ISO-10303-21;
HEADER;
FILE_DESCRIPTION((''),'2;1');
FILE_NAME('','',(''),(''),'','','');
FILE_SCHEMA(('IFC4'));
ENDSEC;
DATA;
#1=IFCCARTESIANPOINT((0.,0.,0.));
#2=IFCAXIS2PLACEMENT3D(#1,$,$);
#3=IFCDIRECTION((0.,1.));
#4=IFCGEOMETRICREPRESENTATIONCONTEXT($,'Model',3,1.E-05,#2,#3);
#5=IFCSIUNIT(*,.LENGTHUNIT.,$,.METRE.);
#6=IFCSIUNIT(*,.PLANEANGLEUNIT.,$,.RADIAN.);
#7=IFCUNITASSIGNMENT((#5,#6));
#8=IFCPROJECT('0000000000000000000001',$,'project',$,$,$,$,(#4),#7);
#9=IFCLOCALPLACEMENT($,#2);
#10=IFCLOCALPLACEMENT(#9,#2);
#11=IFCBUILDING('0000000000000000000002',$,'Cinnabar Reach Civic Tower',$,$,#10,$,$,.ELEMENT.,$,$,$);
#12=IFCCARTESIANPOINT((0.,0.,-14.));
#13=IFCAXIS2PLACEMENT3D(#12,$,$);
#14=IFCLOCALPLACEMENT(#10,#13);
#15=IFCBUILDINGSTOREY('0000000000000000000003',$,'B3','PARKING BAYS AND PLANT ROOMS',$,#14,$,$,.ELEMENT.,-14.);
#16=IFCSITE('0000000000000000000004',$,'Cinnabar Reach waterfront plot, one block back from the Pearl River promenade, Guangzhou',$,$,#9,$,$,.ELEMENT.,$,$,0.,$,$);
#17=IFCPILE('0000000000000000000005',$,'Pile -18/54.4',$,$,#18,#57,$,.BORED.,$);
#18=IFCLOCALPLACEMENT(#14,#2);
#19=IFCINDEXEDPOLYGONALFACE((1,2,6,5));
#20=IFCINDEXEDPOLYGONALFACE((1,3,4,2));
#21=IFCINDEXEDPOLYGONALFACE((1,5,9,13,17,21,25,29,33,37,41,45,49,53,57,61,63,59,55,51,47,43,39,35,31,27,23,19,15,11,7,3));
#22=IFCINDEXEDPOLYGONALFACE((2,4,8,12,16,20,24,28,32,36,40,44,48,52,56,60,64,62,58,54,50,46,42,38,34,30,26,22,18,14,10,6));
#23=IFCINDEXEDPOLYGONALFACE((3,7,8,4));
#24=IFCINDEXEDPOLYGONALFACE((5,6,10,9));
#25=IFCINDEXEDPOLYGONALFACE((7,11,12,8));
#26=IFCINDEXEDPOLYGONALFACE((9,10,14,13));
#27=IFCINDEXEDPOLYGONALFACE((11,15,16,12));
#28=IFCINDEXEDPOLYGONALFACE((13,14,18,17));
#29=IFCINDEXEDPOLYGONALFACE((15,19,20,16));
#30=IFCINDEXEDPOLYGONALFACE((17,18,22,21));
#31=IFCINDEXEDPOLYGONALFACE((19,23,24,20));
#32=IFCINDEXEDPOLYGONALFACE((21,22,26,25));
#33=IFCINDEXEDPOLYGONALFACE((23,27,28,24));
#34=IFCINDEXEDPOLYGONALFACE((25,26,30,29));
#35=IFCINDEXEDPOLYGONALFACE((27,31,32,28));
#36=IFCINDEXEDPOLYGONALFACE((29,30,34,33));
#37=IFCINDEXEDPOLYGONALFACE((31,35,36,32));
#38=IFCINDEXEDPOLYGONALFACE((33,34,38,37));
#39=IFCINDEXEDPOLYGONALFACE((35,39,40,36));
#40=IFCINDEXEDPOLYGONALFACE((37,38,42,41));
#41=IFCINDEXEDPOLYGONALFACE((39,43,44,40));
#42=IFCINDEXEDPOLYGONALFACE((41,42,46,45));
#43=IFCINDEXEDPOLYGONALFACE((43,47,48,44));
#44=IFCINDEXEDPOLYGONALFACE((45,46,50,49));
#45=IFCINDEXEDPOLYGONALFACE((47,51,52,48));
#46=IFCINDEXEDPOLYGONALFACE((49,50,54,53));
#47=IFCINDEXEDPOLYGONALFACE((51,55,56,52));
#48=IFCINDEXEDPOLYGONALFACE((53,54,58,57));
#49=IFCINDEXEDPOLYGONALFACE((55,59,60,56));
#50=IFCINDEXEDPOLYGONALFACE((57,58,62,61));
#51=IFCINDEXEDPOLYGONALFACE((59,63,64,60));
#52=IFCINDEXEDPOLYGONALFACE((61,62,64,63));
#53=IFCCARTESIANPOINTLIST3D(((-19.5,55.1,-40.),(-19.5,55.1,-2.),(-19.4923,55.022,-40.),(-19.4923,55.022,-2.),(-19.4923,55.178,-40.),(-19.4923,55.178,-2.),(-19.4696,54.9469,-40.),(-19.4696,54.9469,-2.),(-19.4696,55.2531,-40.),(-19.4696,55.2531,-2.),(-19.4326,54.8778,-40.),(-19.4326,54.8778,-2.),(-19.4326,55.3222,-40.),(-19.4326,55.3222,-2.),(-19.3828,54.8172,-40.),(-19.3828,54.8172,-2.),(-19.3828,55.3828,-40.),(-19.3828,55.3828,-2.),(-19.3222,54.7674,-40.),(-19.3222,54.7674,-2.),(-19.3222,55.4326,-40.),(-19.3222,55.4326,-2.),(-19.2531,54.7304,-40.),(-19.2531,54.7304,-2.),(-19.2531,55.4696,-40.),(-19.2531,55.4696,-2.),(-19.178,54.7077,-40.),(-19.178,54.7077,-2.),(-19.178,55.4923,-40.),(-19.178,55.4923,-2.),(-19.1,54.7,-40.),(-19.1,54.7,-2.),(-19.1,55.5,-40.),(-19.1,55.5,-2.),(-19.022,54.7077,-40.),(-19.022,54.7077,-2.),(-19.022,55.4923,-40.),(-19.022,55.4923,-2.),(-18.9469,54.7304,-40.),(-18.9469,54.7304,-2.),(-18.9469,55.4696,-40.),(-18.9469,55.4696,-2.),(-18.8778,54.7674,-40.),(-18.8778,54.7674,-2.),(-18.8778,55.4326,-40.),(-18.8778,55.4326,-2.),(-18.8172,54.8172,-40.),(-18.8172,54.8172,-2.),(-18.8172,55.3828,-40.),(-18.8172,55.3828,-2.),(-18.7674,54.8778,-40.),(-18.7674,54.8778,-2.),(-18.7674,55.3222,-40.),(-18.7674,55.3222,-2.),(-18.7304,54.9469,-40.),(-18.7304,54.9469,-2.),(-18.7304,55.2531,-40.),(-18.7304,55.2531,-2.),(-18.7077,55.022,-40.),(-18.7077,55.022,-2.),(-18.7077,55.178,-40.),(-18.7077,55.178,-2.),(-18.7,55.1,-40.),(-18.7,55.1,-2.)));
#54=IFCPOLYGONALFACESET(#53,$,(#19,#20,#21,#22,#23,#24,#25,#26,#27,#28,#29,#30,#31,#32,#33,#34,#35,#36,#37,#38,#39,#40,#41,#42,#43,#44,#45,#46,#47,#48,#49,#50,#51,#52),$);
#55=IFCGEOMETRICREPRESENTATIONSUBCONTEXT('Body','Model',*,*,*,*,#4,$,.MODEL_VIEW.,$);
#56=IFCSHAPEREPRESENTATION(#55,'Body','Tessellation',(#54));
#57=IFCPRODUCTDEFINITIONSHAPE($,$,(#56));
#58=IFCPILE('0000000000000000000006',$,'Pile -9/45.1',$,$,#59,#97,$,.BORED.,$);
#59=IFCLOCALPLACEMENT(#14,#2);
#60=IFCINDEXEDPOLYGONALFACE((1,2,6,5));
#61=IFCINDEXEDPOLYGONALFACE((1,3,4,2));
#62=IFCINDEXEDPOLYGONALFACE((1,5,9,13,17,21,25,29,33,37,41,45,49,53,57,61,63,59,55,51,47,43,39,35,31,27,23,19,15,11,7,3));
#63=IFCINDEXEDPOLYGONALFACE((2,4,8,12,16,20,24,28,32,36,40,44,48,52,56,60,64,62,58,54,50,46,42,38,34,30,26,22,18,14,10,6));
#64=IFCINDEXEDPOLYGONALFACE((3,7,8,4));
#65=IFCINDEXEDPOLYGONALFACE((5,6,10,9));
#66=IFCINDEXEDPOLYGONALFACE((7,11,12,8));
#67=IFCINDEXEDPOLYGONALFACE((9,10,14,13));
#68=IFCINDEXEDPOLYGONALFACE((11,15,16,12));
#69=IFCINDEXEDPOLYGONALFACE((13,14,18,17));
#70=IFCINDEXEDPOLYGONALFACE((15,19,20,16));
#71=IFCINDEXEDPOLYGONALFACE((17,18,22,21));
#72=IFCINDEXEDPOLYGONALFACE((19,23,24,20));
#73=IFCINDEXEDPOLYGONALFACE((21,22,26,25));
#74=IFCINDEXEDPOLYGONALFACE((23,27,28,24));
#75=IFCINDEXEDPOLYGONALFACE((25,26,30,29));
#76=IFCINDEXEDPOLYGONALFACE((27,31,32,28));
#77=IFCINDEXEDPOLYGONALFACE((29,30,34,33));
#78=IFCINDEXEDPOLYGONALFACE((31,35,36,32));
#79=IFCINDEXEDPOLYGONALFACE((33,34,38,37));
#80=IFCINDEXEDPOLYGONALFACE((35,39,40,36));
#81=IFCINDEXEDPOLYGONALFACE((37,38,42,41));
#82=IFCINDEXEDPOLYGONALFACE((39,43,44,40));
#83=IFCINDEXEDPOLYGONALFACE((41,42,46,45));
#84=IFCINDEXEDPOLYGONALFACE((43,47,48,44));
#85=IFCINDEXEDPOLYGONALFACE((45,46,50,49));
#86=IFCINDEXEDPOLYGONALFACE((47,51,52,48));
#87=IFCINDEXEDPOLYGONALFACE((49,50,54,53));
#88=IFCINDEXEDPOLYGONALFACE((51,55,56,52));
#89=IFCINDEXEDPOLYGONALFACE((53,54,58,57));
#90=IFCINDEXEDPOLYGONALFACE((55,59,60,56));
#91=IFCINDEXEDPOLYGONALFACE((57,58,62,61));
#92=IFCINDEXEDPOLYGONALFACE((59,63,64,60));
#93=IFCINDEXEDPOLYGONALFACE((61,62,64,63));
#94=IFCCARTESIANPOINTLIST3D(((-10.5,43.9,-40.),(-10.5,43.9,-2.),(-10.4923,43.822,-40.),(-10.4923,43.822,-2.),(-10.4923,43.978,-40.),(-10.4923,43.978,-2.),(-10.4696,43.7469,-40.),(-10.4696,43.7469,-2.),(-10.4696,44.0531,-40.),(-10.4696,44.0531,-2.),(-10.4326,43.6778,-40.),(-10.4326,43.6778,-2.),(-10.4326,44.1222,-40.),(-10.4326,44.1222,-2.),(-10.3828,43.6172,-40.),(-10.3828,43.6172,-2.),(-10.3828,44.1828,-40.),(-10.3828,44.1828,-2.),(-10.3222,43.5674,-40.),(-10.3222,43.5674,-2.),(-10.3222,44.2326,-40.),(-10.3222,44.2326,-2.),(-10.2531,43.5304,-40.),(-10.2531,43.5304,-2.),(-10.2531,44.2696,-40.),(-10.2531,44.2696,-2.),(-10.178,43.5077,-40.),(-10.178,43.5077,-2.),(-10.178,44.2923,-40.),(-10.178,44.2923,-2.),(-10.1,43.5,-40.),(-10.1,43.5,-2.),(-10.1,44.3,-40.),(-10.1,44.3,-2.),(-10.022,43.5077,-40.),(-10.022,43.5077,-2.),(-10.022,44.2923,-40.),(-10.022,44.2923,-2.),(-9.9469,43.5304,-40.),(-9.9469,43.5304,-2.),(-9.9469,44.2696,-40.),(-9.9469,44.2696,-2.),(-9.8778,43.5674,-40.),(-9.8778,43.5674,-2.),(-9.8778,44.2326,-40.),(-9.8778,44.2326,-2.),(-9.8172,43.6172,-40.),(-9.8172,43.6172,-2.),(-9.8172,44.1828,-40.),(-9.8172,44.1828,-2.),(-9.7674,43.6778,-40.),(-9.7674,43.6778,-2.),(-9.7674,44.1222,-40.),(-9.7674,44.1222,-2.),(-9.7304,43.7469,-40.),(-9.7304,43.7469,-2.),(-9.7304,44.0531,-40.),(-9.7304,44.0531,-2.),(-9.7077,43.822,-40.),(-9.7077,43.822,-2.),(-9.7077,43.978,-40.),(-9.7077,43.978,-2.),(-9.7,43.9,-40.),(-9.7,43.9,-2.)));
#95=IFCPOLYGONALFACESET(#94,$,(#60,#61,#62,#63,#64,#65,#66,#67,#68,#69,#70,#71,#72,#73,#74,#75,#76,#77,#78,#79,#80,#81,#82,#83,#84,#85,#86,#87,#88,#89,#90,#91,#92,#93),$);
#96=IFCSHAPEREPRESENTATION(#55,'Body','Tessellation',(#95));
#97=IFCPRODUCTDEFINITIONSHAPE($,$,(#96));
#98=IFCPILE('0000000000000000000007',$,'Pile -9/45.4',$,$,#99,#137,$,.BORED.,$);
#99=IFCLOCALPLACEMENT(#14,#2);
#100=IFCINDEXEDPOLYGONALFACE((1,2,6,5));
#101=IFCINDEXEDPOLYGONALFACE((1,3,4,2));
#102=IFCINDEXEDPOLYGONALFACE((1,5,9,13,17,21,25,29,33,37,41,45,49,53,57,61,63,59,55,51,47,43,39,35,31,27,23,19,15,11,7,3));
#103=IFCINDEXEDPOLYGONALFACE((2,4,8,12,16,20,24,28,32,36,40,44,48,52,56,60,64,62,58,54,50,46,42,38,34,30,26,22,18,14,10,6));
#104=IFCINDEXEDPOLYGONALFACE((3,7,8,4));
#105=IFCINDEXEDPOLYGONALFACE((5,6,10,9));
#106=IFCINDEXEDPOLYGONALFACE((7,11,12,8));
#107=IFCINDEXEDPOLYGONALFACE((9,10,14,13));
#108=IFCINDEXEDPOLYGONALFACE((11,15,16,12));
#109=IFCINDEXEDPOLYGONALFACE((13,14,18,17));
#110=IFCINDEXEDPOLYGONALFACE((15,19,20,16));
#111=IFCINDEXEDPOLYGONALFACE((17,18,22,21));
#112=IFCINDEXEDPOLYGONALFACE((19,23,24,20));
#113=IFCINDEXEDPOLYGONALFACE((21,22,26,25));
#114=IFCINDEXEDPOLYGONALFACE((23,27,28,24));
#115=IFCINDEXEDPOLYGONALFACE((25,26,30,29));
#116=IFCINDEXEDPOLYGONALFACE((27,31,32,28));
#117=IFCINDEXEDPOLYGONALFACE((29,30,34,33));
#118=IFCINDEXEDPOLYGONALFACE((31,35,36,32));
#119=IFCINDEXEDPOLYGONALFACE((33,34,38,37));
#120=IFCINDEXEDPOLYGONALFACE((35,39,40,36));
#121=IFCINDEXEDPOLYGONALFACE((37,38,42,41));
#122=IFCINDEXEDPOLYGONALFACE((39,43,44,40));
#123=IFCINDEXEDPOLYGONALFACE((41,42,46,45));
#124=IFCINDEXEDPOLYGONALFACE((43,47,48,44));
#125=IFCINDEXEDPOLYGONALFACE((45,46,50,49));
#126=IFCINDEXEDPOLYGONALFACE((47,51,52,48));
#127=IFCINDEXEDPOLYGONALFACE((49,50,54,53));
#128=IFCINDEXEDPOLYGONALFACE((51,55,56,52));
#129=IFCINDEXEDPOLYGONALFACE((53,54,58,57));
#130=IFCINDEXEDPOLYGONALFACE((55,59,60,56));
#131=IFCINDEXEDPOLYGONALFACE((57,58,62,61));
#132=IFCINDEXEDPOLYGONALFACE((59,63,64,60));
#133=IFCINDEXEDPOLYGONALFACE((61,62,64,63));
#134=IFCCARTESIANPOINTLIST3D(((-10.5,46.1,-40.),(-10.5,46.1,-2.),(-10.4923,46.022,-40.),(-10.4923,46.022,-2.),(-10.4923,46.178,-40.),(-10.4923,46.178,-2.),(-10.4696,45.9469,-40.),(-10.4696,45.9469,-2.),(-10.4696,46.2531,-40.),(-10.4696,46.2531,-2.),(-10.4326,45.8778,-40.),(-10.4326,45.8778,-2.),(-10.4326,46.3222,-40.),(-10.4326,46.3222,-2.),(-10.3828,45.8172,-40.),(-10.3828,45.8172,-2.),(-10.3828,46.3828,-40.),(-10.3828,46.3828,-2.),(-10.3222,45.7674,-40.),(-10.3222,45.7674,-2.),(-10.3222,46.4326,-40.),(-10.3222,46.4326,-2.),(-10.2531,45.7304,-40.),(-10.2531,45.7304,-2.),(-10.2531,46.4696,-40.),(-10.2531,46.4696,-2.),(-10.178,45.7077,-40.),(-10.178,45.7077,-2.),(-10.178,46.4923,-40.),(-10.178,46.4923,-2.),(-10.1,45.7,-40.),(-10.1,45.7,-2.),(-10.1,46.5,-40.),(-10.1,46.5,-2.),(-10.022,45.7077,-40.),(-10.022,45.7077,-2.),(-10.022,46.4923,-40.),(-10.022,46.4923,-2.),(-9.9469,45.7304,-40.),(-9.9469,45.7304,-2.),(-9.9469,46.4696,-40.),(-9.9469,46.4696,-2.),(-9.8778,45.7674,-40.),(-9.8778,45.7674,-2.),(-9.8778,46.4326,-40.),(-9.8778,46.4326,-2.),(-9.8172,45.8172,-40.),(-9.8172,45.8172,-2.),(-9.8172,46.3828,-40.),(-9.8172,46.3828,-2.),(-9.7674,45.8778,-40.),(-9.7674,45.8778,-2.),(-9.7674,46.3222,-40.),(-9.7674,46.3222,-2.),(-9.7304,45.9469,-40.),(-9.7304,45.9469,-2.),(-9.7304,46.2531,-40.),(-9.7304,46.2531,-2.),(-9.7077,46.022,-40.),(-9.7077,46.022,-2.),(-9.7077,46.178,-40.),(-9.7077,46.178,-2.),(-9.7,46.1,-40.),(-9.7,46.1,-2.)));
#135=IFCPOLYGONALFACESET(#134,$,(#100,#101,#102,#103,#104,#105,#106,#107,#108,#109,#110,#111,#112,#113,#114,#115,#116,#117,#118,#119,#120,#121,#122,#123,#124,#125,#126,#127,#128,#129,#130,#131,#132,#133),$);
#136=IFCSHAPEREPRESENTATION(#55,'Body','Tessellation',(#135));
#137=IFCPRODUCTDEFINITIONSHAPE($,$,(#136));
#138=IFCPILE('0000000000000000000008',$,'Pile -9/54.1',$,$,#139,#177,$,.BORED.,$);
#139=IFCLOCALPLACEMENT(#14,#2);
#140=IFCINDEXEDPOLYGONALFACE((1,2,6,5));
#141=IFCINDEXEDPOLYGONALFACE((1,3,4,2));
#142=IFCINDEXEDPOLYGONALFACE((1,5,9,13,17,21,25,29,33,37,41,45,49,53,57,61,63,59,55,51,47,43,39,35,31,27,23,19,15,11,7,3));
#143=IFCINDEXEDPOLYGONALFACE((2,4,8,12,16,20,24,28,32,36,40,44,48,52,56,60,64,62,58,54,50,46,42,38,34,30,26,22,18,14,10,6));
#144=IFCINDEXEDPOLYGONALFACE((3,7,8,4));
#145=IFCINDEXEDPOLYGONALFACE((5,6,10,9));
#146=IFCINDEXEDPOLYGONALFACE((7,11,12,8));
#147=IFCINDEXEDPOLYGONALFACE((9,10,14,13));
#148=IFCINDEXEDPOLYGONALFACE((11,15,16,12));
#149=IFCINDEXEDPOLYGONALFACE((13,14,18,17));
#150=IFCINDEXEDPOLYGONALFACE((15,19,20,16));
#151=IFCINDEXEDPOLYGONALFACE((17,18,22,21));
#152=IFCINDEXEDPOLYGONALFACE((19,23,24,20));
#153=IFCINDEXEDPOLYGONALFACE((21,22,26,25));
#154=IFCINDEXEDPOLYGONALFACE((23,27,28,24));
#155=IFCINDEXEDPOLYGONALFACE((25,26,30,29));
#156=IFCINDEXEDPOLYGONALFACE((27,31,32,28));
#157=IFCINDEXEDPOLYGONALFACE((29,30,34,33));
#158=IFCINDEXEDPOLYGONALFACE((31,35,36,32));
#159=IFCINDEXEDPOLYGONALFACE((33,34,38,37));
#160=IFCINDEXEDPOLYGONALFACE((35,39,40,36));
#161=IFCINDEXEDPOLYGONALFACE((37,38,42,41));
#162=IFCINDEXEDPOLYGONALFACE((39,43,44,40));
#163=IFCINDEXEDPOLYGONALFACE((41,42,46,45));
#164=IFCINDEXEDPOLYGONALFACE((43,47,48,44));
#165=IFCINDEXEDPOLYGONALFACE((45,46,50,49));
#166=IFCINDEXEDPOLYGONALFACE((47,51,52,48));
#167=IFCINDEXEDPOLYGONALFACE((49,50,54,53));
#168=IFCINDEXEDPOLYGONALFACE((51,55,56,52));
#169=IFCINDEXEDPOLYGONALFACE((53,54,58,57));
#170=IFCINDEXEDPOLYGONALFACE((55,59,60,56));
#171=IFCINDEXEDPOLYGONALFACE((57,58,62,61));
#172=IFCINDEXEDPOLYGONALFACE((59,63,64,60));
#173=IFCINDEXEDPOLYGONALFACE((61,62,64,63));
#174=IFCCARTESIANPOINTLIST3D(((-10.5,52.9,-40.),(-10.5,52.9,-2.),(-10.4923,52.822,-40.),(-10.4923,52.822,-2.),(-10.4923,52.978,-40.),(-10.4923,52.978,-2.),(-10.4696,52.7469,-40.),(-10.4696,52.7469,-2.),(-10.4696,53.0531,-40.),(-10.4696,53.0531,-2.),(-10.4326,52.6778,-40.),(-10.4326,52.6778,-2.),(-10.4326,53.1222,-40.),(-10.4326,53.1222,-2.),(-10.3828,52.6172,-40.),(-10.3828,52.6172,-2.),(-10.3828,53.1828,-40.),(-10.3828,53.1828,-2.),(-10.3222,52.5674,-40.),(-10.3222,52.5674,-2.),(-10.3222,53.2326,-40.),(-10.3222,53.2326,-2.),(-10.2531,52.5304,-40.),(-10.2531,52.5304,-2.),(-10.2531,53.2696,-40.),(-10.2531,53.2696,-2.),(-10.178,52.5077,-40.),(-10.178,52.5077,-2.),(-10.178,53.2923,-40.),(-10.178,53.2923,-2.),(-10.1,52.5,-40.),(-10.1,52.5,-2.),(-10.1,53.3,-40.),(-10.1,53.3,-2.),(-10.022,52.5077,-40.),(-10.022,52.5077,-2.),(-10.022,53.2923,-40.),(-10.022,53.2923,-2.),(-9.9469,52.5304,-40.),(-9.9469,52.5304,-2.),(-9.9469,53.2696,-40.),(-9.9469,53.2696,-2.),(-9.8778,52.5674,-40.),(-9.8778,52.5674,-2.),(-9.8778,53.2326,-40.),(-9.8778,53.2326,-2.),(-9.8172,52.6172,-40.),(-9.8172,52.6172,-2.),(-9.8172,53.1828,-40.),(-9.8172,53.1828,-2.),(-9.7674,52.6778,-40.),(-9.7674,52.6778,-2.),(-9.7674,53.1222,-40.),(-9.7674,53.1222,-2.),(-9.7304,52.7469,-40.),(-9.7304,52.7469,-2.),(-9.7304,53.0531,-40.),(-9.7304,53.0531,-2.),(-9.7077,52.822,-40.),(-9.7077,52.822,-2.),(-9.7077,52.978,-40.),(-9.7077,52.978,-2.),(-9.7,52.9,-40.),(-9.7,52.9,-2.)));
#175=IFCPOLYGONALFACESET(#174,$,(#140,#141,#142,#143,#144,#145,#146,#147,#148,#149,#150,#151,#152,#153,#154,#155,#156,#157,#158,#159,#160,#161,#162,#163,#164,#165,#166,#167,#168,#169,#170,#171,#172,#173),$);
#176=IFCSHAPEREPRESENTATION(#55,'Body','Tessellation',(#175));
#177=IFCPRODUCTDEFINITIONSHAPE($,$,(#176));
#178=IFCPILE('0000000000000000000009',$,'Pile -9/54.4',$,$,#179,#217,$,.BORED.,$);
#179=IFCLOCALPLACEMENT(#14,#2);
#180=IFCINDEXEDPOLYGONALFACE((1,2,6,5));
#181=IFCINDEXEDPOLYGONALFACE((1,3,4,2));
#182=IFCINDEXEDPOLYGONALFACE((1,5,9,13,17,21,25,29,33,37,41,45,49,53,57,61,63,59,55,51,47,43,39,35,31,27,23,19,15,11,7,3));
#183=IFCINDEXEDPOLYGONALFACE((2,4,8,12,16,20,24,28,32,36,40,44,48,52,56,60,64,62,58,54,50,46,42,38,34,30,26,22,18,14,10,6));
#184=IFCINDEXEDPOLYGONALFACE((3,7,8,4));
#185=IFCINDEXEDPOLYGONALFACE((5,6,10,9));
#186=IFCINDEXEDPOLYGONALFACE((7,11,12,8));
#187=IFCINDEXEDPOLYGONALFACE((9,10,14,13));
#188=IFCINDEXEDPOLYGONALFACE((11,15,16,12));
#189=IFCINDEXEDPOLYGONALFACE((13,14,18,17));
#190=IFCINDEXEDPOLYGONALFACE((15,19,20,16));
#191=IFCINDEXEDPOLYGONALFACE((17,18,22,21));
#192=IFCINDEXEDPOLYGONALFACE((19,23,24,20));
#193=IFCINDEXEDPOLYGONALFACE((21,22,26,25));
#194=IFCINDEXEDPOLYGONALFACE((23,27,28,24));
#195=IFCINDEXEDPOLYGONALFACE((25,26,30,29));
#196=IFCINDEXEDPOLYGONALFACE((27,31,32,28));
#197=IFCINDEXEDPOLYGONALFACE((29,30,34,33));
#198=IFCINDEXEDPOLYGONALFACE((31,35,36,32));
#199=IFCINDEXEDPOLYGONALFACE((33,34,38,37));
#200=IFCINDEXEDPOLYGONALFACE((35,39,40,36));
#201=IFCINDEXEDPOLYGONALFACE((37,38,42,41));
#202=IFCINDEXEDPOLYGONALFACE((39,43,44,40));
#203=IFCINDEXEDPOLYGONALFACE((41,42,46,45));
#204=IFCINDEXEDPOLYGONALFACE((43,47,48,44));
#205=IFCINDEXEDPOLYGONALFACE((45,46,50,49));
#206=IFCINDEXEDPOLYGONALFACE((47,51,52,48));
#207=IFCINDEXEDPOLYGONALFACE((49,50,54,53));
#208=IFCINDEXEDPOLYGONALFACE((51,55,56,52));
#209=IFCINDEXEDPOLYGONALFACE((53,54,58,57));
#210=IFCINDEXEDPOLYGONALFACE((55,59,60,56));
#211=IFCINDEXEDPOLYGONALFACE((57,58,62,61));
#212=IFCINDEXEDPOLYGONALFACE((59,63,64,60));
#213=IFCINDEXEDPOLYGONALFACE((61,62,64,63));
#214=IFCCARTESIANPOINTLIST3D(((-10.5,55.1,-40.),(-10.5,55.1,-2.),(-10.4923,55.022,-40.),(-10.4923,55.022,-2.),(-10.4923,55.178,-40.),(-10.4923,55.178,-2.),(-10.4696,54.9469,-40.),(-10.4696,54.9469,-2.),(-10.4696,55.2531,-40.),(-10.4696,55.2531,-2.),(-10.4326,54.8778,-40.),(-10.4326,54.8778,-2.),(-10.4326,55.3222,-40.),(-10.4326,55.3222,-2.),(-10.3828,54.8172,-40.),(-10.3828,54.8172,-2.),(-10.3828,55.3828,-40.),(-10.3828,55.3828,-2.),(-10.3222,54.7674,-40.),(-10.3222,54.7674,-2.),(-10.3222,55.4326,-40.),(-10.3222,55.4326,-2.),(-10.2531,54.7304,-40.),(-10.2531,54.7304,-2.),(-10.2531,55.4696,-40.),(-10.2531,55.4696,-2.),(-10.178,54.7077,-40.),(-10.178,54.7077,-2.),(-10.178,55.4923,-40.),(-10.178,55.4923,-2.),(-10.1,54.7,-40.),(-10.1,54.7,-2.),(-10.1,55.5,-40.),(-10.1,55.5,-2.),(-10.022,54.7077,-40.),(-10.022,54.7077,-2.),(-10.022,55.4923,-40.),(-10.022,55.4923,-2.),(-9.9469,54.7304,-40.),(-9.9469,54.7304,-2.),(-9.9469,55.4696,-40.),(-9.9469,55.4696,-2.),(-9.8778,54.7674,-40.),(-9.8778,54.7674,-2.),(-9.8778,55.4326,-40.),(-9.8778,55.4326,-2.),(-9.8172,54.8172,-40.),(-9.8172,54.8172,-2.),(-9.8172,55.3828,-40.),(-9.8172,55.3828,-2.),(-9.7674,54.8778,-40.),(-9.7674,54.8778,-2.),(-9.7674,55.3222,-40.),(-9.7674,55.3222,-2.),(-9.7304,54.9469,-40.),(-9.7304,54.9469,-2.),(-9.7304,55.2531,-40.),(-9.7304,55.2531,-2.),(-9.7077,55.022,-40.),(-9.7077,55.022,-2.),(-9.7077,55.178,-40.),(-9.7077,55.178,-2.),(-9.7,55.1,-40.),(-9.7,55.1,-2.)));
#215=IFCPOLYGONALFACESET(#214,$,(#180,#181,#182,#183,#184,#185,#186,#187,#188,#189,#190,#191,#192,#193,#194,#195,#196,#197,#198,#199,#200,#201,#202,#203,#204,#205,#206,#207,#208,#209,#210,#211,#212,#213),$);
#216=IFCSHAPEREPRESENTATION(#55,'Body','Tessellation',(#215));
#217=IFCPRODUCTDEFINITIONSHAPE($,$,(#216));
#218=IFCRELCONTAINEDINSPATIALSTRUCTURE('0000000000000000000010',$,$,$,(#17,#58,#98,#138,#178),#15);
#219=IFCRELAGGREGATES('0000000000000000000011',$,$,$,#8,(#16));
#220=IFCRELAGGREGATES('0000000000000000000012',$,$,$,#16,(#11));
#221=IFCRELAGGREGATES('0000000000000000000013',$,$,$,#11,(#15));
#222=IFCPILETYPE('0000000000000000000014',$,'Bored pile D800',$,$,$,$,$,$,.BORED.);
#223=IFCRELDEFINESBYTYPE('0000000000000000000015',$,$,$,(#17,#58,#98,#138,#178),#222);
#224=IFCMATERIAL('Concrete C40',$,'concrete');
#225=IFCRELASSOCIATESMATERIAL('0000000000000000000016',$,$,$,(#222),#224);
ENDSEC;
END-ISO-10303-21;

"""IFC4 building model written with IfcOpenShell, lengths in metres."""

from ifc_helpers import new_model, si_unit, direction, frame, origin, origin_2d, place, context, subcontext, project, spatial, circle, extrude, material, type_object, element, save


model = new_model("IFC4")

# Units and contexts
model_context = context("Model", 3, precision=1e-05, world=origin(), true_north=direction((0.0, 1.0)))
body_context = subcontext(model_context, "Body", "Model", "MODEL_VIEW")
ifc_project = project(units=[si_unit("LENGTHUNIT", "METRE"), si_unit("PLANEANGLEUNIT", "RADIAN")], contexts=[model_context])

# Site, building, storey
site_placement = place(None, origin())
site = spatial("IfcSite", under=ifc_project, at=site_placement, Name="Cinnabar Reach waterfront plot, one block back from the Pearl River promenade, Guangzhou", CompositionType="ELEMENT", RefElevation=0.0)
building_placement = place(site_placement, origin())
building = spatial("IfcBuilding", under=site, at=building_placement, Name="Cinnabar Reach Civic Tower", CompositionType="ELEMENT")
storey_placement = place(building_placement, frame((0.0, 0.0, -14.0)))
storey = spatial("IfcBuildingStorey", under=building, at=storey_placement, Name="B3", Description="PARKING BAYS AND PLANT ROOMS", CompositionType="ELEMENT", Elevation=-14.0)

# Piles
ifc_material_1 = material(Name="Concrete C40", Category="concrete")
pile_type = type_object("IfcPileType", Name="Bored pile D800", PredefinedType="BORED", material=ifc_material_1)
for number, where, z_axis, x_axis, name in (
    (1, (-19.1, 55.1, -2.0), (0.0, 0.0, -1.0), (1.0, 0.0, 0.0), "Pile -18/54.4"),
    (2, (-10.1, 43.9, -2.0), (0.0, 0.0, -1.0), (1.0, 0.0, 0.0), "Pile -9/45.1"),
    (3, (-10.1, 46.1, -2.0), (0.0, 0.0, -1.0), (1.0, 0.0, 0.0), "Pile -9/45.4"),
    (4, (-10.1, 52.9, -2.0), (0.0, 0.0, -1.0), (1.0, 0.0, 0.0), "Pile -9/54.1"),
    (5, (-10.1, 55.1, -2.0), (0.0, 0.0, -1.0), (1.0, 0.0, 0.0), "Pile -9/54.4"),
):
    element("IfcPile", number, at=place(storey_placement, frame(where, z_axis=z_axis, x_axis=x_axis)), inside=storey, type_object=pile_type, Name=name, PredefinedType="BORED", context=body_context, shape_type="SweptSolid", body=[
        extrude(circle(Radius=0.4, at=origin_2d()), origin(), (0.0, 0.0, 1.0), 38.0),
    ])

save(model, "model.ifc")
